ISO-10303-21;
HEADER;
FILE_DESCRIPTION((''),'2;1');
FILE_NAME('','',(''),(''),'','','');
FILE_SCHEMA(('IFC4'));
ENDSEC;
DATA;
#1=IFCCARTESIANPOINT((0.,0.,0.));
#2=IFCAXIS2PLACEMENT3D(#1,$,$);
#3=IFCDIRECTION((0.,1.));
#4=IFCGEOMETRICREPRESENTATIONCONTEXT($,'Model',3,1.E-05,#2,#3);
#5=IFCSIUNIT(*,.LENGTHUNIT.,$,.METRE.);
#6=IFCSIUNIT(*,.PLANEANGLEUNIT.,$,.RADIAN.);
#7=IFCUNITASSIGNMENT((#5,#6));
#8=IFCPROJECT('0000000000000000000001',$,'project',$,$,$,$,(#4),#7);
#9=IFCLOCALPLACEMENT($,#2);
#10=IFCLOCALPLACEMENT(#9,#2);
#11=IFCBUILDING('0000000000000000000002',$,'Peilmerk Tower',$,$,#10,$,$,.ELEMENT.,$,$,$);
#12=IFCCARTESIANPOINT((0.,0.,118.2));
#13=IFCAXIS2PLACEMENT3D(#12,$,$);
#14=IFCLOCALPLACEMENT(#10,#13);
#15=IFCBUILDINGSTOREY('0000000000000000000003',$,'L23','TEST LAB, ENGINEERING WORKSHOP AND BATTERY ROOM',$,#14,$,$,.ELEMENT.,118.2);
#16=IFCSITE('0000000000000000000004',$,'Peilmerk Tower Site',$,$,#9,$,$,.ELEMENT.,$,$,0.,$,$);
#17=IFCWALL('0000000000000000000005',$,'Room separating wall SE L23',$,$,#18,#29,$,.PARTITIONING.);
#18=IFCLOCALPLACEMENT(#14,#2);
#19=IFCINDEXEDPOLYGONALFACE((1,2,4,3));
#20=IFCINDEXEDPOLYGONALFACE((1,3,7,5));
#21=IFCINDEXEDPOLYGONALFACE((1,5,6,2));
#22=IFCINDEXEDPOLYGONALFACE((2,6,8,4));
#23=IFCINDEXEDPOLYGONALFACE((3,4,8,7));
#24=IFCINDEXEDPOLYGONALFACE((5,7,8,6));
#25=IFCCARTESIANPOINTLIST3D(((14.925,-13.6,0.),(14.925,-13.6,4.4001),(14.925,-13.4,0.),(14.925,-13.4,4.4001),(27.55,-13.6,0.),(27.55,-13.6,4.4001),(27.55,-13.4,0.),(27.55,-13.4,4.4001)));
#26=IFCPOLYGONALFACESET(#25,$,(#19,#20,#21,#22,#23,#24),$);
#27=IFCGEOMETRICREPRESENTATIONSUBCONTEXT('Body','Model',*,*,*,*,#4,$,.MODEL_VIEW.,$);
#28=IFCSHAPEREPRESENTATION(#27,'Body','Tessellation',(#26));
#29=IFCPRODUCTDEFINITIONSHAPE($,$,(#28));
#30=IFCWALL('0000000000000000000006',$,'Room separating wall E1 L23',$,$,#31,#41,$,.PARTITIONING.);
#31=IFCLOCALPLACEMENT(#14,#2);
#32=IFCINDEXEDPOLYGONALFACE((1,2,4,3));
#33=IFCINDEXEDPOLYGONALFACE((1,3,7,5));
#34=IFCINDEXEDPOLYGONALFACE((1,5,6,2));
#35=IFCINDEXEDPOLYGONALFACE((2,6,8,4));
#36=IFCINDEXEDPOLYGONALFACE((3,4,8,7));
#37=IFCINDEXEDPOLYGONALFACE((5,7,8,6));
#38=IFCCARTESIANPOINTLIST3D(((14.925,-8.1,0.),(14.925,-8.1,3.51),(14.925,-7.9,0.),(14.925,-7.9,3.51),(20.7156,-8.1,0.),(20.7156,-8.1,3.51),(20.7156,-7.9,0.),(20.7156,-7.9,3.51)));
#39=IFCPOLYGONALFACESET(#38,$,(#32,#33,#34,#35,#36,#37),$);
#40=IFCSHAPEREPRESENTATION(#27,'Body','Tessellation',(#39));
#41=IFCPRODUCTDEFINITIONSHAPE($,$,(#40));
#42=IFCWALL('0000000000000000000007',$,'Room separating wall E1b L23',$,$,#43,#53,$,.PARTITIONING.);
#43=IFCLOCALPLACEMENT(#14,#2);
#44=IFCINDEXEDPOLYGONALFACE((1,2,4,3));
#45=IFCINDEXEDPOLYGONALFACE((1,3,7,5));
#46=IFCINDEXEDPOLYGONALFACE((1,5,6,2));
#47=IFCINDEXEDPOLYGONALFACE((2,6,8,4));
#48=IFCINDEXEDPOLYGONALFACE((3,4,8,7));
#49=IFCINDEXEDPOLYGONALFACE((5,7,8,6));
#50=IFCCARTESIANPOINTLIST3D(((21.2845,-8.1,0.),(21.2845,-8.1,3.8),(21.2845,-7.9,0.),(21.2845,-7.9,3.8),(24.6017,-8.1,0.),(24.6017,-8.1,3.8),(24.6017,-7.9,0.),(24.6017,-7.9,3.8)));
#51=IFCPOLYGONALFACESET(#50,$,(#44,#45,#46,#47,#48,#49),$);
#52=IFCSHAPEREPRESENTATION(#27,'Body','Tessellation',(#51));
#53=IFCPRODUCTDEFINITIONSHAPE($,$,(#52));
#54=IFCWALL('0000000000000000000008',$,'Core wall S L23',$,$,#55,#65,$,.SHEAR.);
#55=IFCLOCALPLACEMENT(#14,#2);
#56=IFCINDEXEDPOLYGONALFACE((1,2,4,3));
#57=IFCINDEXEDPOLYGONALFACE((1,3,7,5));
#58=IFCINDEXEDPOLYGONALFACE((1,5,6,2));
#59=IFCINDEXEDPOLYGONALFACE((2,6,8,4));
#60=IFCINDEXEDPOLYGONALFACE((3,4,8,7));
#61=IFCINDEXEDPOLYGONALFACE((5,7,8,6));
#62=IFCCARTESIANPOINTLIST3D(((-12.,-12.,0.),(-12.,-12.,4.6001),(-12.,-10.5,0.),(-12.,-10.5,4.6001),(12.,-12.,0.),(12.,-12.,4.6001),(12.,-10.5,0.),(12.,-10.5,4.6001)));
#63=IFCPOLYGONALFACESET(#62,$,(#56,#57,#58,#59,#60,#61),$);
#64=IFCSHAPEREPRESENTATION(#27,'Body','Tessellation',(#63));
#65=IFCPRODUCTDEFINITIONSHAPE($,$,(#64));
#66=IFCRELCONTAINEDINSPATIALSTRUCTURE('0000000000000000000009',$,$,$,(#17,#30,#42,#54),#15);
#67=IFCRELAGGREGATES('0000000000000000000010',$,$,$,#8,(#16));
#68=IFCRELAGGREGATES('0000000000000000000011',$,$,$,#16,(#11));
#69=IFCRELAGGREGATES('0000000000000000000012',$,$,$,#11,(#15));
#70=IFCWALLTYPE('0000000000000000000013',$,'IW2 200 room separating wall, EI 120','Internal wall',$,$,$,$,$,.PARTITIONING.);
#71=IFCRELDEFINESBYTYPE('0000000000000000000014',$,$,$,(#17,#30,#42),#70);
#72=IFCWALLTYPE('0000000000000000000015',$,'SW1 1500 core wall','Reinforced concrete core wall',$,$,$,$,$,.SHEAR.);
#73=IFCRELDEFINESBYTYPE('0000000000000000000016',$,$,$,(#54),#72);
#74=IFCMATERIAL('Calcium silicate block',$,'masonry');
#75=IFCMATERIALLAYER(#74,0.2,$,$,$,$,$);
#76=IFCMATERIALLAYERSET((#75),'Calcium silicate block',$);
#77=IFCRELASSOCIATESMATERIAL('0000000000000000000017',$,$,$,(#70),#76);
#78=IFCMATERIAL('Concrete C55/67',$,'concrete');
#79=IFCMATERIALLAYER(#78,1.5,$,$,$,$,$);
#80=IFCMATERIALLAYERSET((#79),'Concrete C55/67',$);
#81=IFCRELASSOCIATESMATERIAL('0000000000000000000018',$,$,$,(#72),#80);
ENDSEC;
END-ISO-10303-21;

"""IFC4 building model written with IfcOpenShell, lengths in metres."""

from ifc_helpers import new_model, si_unit, direction, frame, frame_2d, origin, place, context, subcontext, project, spatial, rectangle, extrude, material, layer, layer_set, type_object, element, save


model = new_model("IFC4")

# Units and contexts
model_context = context("Model", 3, precision=1e-05, world=origin(), true_north=direction((0.0, 1.0)))
body_context = subcontext(model_context, "Body", "Model", "MODEL_VIEW")
ifc_project = project(units=[si_unit("LENGTHUNIT", "METRE"), si_unit("PLANEANGLEUNIT", "RADIAN")], contexts=[model_context])

# Site, building, storey
site_placement = place(None, origin())
site = spatial("IfcSite", under=ifc_project, at=site_placement, Name="Peilmerk Tower Site", CompositionType="ELEMENT", RefElevation=0.0)
building_placement = place(site_placement, origin())
building = spatial("IfcBuilding", under=site, at=building_placement, Name="Peilmerk Tower", CompositionType="ELEMENT")
storey_placement = place(building_placement, frame((0.0, 0.0, 118.2)))
storey = spatial("IfcBuildingStorey", under=building, at=storey_placement, Name="L23", Description="TEST LAB, ENGINEERING WORKSHOP AND BATTERY ROOM", CompositionType="ELEMENT", Elevation=118.2)

# Shared definitions
ifc_material_1 = material(Name="Calcium silicate block", Category="masonry")

# Walls
ifc_layer_1 = layer(ifc_material_1, 0.2)
ifc_layer_set_1 = layer_set([ifc_layer_1], Name="Calcium silicate block")
wall_type_1 = type_object("IfcWallType", Name="IW2 200 room separating wall, EI 120", Description="Internal wall", PredefinedType="PARTITIONING", material=ifc_layer_set_1)
wall_1_placement = place(storey_placement, frame((27.55, -13.5, 0.0), z_axis=(0.0, 0.0, 1.0), x_axis=(-1.0, 0.0, 0.0)))
element("IfcWall", 1, at=wall_1_placement, inside=storey, type_object=wall_type_1, Name="Room separating wall SE L23", PredefinedType="PARTITIONING", context=body_context, shape_type="SweptSolid", body=[
    extrude(rectangle(XDim=12.625, YDim=0.2, at=frame_2d((6.3125, 0.0))), origin(), (0.0, 0.0, 1.0), 4.4001),
])
wall_2_placement = place(storey_placement, frame((14.925, -8.0, 0.0), z_axis=(0.0, 0.0, 1.0), x_axis=(1.0, 0.0, 0.0)))
element("IfcWall", 2, at=wall_2_placement, inside=storey, type_object=wall_type_1, Name="Room separating wall E1 L23", PredefinedType="PARTITIONING", context=body_context, shape_type="SweptSolid", body=[
    extrude(rectangle(XDim=5.7905, YDim=0.2, at=frame_2d((2.8953, 0.0))), origin(), (0.0, 0.0, 1.0), 3.51),
])
wall_3_placement = place(storey_placement, frame((21.2844, -8.0, 0.0), z_axis=(0.0, 0.0, 1.0), x_axis=(1.0, 0.0, 0.0)))
element("IfcWall", 3, at=wall_3_placement, inside=storey, type_object=wall_type_1, Name="Room separating wall E1b L23", PredefinedType="PARTITIONING", context=body_context, shape_type="SweptSolid", body=[
    extrude(rectangle(XDim=3.3171, YDim=0.2, at=frame_2d((1.6587, 0.0))), origin(), (0.0, 0.0, 1.0), 3.8),
])
ifc_material_2 = material(Name="Concrete C55/67", Category="concrete")
ifc_layer_2 = layer(ifc_material_2, 1.5)
ifc_layer_set_2 = layer_set([ifc_layer_2], Name="Concrete C55/67")
wall_type_2 = type_object("IfcWallType", Name="SW1 1500 core wall", Description="Reinforced concrete core wall", PredefinedType="SHEAR", material=ifc_layer_set_2)
wall_4_placement = place(storey_placement, frame((12.0, -11.25, 0.0), z_axis=(0.0, 0.0, 1.0), x_axis=(-1.0, 0.0, 0.0)))
element("IfcWall", 4, at=wall_4_placement, inside=storey, type_object=wall_type_2, Name="Core wall S L23", PredefinedType="SHEAR", context=body_context, shape_type="SweptSolid", body=[
    extrude(rectangle(XDim=24.0, YDim=1.5, at=frame_2d((12.0, 0.0))), origin(), (0.0, 0.0, 1.0), 4.6001),
])

save(model, "model.ifc")
